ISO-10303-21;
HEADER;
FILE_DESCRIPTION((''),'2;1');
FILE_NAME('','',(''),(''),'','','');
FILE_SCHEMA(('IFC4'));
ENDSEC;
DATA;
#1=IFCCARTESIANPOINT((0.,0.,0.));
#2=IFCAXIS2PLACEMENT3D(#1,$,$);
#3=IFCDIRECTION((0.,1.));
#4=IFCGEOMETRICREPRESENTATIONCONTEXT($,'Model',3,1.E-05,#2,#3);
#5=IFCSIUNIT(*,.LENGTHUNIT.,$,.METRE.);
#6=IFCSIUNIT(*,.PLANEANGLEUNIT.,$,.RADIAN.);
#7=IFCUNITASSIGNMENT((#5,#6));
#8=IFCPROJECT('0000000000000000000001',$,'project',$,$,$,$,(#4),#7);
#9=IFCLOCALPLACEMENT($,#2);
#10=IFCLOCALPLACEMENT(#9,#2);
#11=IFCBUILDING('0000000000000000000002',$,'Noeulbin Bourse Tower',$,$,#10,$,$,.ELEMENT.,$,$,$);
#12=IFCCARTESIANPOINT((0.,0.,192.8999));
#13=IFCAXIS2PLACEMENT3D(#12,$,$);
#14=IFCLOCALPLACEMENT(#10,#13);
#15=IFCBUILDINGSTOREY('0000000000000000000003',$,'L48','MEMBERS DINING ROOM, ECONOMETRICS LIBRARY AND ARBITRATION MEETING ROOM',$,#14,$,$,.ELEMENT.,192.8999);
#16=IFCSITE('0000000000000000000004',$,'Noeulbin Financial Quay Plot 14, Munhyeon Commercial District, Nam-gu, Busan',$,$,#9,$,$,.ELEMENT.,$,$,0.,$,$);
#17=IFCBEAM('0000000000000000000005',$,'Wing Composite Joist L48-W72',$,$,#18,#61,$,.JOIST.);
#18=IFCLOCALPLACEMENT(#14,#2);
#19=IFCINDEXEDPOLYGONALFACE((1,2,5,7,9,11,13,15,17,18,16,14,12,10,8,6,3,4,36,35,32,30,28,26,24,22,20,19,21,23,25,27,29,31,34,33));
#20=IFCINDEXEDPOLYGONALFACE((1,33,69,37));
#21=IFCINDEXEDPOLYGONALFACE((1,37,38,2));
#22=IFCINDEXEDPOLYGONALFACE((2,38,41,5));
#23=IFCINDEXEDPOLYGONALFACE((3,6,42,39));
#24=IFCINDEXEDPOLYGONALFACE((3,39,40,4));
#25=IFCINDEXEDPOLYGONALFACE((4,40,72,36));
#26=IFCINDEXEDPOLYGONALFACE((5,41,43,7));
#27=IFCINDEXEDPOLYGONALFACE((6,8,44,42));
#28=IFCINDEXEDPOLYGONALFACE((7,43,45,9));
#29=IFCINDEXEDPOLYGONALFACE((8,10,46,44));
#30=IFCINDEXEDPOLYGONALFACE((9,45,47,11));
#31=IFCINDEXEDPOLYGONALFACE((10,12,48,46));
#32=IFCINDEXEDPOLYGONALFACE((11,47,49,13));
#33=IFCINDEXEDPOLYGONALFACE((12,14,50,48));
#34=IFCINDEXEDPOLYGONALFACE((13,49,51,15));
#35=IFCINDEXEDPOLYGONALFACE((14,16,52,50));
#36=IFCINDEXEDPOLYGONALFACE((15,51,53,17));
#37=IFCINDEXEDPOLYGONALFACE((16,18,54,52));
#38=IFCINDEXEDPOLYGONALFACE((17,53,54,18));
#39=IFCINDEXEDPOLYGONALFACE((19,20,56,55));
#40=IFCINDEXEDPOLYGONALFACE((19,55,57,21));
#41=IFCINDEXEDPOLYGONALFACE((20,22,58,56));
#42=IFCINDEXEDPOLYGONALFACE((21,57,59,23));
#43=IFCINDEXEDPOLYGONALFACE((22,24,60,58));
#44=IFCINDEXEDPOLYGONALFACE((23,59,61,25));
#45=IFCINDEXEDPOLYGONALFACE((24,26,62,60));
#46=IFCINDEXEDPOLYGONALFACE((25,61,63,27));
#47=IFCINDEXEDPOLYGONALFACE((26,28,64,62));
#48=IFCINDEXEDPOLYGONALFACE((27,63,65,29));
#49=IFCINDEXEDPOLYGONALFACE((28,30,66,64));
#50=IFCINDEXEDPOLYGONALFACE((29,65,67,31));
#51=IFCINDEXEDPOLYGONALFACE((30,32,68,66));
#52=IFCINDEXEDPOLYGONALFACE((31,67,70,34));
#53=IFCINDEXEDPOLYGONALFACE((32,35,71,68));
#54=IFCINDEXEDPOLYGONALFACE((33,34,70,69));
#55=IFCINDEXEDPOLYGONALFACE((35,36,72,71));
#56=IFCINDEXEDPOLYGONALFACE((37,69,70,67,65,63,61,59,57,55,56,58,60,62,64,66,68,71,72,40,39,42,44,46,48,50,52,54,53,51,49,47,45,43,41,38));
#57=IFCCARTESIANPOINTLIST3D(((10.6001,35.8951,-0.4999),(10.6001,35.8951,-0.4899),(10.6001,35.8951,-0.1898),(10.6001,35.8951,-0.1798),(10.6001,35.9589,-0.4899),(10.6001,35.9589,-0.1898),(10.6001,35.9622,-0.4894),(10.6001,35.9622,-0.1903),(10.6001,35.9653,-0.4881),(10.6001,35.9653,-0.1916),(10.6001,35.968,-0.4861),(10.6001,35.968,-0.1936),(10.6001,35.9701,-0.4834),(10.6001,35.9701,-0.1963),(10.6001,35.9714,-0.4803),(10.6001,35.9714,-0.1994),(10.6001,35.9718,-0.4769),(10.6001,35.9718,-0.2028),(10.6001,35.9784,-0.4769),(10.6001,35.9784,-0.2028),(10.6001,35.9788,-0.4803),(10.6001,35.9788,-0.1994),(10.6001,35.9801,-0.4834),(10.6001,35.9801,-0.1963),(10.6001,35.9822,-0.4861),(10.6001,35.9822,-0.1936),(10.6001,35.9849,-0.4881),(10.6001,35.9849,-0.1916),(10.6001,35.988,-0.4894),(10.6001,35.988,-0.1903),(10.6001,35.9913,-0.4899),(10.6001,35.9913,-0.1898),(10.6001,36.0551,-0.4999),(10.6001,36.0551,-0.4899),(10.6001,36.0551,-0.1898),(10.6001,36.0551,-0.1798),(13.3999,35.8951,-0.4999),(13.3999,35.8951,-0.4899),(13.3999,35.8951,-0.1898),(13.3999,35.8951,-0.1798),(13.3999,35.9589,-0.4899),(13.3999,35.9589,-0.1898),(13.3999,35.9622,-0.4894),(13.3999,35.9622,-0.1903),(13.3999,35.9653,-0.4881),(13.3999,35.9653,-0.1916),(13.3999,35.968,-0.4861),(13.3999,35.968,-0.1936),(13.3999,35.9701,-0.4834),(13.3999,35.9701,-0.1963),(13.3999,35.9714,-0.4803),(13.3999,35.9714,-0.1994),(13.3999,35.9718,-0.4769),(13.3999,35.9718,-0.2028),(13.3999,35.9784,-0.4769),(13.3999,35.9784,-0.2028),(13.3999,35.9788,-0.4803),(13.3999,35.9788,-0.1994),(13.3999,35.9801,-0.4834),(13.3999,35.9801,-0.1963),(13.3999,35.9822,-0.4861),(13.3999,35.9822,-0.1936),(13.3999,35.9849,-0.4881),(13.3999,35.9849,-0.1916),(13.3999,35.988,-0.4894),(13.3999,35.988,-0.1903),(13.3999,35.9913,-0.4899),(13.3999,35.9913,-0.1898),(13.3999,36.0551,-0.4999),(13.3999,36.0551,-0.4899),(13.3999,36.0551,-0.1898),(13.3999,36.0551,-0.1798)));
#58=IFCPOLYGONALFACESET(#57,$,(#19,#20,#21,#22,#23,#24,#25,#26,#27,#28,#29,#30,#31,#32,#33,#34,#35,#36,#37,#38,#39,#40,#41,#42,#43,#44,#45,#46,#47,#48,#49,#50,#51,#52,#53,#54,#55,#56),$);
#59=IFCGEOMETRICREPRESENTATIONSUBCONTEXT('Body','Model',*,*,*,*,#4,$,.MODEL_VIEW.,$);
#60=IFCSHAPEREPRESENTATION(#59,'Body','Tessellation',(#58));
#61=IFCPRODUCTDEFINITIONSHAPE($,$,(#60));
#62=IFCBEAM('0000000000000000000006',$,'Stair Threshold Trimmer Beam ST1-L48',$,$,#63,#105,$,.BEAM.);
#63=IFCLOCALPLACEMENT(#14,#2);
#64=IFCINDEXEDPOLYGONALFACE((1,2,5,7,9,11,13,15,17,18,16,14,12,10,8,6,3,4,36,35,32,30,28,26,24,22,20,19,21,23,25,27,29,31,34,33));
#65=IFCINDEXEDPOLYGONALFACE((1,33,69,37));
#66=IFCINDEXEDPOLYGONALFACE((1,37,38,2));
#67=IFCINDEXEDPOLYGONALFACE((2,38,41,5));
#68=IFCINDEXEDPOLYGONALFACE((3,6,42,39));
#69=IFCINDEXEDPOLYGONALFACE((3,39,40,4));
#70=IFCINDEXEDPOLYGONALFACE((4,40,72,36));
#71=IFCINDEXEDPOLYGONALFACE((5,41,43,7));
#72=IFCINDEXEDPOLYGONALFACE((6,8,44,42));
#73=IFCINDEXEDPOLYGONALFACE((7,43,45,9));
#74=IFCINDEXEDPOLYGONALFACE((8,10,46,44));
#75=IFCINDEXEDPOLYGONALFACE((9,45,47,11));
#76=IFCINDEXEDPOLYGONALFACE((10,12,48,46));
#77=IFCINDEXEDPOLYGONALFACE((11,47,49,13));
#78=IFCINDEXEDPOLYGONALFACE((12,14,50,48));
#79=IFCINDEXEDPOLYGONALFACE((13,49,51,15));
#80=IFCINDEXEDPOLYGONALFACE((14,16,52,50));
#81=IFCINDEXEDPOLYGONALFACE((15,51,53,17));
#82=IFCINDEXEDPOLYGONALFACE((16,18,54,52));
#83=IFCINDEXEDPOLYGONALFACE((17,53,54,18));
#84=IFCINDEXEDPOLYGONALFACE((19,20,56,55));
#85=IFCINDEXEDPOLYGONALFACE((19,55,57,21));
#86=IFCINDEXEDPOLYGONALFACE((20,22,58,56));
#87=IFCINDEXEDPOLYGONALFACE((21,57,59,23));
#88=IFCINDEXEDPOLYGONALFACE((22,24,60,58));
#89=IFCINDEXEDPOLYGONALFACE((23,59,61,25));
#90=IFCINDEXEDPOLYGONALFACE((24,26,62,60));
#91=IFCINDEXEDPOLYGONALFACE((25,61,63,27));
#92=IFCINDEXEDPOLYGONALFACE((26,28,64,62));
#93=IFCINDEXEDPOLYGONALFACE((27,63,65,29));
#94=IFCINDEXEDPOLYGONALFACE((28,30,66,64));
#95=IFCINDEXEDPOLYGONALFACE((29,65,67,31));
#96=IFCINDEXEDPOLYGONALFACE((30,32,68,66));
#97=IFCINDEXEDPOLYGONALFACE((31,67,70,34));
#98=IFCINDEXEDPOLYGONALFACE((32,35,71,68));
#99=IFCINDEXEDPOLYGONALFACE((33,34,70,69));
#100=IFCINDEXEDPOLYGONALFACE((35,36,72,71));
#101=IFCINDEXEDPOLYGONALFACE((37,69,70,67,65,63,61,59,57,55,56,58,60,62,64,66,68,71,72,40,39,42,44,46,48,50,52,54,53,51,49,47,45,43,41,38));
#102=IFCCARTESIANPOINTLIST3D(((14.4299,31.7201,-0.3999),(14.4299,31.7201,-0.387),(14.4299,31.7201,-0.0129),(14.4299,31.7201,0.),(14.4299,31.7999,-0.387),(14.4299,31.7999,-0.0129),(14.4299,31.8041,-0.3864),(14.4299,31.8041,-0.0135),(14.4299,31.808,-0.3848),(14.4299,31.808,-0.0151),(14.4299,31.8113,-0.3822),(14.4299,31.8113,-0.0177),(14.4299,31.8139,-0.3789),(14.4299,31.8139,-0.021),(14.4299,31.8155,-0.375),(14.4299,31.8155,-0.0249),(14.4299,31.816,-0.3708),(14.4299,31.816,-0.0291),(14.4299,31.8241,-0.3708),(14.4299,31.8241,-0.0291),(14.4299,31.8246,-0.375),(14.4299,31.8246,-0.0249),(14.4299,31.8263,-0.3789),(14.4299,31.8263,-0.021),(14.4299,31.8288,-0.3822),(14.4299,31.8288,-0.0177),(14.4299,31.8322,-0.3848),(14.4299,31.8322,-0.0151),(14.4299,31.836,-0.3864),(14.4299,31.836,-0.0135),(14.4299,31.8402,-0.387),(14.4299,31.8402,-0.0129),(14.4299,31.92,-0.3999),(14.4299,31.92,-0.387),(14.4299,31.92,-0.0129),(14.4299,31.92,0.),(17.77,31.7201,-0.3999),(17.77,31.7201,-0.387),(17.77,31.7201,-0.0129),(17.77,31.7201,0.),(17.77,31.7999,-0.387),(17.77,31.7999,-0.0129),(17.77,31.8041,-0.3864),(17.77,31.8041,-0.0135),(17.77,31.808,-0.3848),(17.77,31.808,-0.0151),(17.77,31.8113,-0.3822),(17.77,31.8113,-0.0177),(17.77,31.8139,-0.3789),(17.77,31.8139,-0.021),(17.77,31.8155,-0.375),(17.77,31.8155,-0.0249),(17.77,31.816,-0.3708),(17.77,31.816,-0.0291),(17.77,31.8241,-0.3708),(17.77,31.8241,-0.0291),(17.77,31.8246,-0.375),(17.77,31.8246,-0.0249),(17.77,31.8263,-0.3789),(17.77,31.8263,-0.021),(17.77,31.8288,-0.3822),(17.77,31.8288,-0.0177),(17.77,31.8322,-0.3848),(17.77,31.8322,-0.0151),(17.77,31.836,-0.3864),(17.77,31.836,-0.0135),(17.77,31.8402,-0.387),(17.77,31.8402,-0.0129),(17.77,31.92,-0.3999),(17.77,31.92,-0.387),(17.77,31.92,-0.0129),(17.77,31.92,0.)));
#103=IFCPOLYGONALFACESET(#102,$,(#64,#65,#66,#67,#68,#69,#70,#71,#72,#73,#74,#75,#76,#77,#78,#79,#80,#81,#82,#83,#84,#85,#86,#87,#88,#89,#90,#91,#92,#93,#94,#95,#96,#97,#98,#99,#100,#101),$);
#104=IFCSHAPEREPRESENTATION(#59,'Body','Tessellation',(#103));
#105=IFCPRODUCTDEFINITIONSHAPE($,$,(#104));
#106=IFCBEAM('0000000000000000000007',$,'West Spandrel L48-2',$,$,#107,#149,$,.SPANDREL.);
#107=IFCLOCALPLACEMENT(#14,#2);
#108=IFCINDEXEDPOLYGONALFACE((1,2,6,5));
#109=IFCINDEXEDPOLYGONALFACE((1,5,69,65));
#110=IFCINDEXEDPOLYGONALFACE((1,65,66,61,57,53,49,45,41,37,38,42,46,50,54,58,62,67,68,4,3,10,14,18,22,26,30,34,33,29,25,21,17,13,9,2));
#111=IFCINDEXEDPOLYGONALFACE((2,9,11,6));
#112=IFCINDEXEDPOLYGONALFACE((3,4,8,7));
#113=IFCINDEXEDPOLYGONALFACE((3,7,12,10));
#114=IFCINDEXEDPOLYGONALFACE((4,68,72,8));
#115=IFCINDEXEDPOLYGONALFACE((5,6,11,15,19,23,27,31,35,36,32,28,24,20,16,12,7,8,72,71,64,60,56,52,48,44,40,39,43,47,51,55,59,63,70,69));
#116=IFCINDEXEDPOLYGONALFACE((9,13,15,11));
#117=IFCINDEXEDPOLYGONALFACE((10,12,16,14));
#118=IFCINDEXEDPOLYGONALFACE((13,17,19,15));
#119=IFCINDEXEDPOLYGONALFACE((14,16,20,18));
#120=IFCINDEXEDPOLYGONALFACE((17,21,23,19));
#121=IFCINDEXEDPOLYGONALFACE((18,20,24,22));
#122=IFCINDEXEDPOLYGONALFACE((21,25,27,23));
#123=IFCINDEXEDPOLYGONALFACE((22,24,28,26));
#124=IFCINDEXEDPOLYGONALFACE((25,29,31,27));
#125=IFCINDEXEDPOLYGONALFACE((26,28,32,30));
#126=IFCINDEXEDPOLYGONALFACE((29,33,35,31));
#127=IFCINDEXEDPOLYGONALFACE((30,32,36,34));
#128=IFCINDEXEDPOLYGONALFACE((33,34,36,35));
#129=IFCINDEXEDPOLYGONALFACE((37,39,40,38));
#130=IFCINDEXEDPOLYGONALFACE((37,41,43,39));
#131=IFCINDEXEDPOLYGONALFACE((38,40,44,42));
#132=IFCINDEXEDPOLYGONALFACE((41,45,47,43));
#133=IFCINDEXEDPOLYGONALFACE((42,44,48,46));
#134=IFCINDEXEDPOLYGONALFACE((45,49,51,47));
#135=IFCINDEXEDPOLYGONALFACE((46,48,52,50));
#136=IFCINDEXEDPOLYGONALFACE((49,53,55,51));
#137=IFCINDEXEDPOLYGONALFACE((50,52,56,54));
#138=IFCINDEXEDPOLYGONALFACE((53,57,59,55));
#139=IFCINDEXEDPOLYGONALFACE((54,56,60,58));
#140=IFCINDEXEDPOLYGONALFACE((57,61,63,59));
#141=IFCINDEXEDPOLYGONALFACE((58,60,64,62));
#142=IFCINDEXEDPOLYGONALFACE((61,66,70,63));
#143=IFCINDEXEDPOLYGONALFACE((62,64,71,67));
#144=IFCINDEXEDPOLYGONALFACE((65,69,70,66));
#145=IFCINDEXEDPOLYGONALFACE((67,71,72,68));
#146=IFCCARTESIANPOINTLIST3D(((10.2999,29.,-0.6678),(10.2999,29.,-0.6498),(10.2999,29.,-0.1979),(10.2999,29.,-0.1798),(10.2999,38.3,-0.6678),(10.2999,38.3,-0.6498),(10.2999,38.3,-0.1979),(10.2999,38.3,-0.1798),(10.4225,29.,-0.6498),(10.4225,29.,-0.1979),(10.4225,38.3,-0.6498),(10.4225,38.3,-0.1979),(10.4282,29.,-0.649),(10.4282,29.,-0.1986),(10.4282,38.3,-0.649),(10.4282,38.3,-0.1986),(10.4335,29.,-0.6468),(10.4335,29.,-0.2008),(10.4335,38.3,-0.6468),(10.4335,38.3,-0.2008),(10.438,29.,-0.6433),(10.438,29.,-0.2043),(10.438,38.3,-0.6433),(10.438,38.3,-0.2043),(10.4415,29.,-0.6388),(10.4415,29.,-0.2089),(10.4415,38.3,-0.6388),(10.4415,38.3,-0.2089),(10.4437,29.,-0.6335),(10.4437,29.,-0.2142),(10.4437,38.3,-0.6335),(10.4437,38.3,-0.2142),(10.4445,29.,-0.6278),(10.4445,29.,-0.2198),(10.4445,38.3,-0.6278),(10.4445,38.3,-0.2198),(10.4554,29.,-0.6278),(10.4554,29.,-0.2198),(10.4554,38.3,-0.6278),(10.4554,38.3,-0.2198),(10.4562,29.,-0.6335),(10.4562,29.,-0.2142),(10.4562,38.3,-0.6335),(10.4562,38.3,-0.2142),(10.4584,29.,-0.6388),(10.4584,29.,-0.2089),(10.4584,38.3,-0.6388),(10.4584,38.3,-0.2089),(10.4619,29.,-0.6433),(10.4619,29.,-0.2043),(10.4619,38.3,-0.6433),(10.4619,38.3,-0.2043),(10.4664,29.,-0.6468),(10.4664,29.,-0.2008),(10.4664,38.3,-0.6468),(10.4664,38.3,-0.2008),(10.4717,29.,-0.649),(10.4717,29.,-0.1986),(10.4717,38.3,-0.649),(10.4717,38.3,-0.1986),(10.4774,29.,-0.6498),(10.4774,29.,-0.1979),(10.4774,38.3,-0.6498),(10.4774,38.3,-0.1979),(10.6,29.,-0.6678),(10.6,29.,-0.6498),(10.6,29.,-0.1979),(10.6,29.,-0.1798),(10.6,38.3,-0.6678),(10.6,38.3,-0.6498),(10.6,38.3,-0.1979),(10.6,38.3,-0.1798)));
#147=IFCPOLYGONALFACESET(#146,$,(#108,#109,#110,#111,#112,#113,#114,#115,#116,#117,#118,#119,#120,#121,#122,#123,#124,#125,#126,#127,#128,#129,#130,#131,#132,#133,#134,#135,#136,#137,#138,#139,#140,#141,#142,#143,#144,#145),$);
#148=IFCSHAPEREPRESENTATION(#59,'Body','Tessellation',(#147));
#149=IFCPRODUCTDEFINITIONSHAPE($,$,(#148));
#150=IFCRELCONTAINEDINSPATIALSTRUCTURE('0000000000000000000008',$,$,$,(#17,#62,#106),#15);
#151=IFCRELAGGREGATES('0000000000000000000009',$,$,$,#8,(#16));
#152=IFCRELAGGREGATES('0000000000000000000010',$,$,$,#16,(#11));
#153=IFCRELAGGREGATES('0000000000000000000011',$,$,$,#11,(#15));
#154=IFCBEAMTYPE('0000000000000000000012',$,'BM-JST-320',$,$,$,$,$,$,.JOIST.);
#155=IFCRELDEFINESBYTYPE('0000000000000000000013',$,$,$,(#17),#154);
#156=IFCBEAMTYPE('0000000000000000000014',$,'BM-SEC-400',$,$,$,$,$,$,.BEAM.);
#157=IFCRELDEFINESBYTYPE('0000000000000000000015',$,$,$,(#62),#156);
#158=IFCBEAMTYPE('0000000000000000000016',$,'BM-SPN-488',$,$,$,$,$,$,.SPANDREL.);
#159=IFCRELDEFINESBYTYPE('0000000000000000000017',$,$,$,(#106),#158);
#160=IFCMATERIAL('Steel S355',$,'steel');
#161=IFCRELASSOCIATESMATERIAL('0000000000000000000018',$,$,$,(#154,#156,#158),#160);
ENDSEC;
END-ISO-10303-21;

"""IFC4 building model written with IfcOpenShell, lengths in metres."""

from ifc_helpers import new_model, si_unit, direction, frame, origin, origin_2d, place, context, subcontext, project, spatial, i_section, extrude, material, material_profile, profile_set, type_object, element, save


model = new_model("IFC4")

# Units and contexts
model_context = context("Model", 3, precision=1e-05, world=origin(), true_north=direction((0.0, 1.0)))
body_context = subcontext(model_context, "Body", "Model", "MODEL_VIEW")
ifc_project = project(units=[si_unit("LENGTHUNIT", "METRE"), si_unit("PLANEANGLEUNIT", "RADIAN")], contexts=[model_context])

# Site, building, storey
site_placement = place(None, origin())
site = spatial("IfcSite", under=ifc_project, at=site_placement, Name="Noeulbin Financial Quay Plot 14, Munhyeon Commercial District, Nam-gu, Busan", CompositionType="ELEMENT", RefElevation=0.0)
building_placement = place(site_placement, origin())
building = spatial("IfcBuilding", under=site, at=building_placement, Name="Noeulbin Bourse Tower", CompositionType="ELEMENT")
storey_placement = place(building_placement, frame((0.0, 0.0, 192.8999)))
storey = spatial("IfcBuildingStorey", under=building, at=storey_placement, Name="L48", Description="MEMBERS DINING ROOM, ECONOMETRICS LIBRARY AND ARBITRATION MEETING ROOM", CompositionType="ELEMENT", Elevation=192.8999)

# Shared definitions
ifc_material_1 = material(Name="Steel S355", Category="steel")

# Beams
ifc_material_profile_1 = material_profile(ifc_material_1, i_section(OverallWidth=0.1599, OverallDepth=0.3201, WebThickness=0.0066, FlangeThickness=0.01, FilletRadius=0.0129, at=origin_2d()), Name="H-320x160x6.5x10", Category="LoadBearing")
ifc_profile_set_1 = profile_set([ifc_material_profile_1], Name="Steel S355")
beam_type_1 = type_object("IfcBeamType", Name="BM-JST-320", PredefinedType="JOIST", material=ifc_profile_set_1)
for number, where, z_axis, x_axis, name in (
    (1, (10.6001, 35.9751, -0.3398), (1.0, 0.0, 0.0), (0.0, 1.0, 0.0), "Wing Composite Joist L48-W72"),
):
    element("IfcBeam", number, at=place(storey_placement, frame(where, z_axis=z_axis, x_axis=x_axis)), inside=storey, type_object=beam_type_1, Name=name, PredefinedType="JOIST", context=body_context, shape_type="SweptSolid", body=[
        extrude(i_section(OverallWidth=0.1599, OverallDepth=0.3201, WebThickness=0.0066, FlangeThickness=0.01, FilletRadius=0.0129, at=origin_2d()), origin(), (0.0, 0.0, 1.0), 2.7998),
    ])
ifc_material_profile_2 = material_profile(ifc_material_1, i_section(OverallWidth=0.2, OverallDepth=0.3999, WebThickness=0.0081, FlangeThickness=0.0129, FilletRadius=0.0161, at=origin_2d()), Name="H-400x200x8x13", Category="LoadBearing")
ifc_profile_set_2 = profile_set([ifc_material_profile_2], Name="Steel S355")
beam_type_2 = type_object("IfcBeamType", Name="BM-SEC-400", PredefinedType="BEAM", material=ifc_profile_set_2)
beam_1_placement = place(storey_placement, frame((14.4299, 31.8201, -0.2), z_axis=(1.0, 0.0, 0.0), x_axis=(0.0, 1.0, 0.0)))
element("IfcBeam", 2, at=beam_1_placement, inside=storey, type_object=beam_type_2, Name="Stair Threshold Trimmer Beam ST1-L48", PredefinedType="BEAM", context=body_context, shape_type="SweptSolid", body=[
    extrude(i_section(OverallWidth=0.2, OverallDepth=0.3999, WebThickness=0.0081, FlangeThickness=0.0129, FilletRadius=0.0161, at=origin_2d()), origin(), (0.0, 0.0, 1.0), 3.3401),
])
ifc_material_profile_3 = material_profile(ifc_material_1, i_section(OverallWidth=0.3, OverallDepth=0.488, WebThickness=0.011, FlangeThickness=0.0181, FilletRadius=0.022, at=origin_2d()), Name="H-488x300x11x18", Category="LoadBearing")
ifc_profile_set_3 = profile_set([ifc_material_profile_3], Name="Steel S355")
beam_type_3 = type_object("IfcBeamType", Name="BM-SPN-488", PredefinedType="SPANDREL", material=ifc_profile_set_3)
beam_2_placement = place(storey_placement, frame((10.45, 29.0, -0.4238), z_axis=(0.0, 1.0, 0.0), x_axis=(-1.0, 0.0, 0.0)))
element("IfcBeam", 3, at=beam_2_placement, inside=storey, type_object=beam_type_3, Name="West Spandrel L48-2", PredefinedType="SPANDREL", context=body_context, shape_type="SweptSolid", body=[
    extrude(i_section(OverallWidth=0.3, OverallDepth=0.488, WebThickness=0.011, FlangeThickness=0.0181, FilletRadius=0.022, at=origin_2d()), origin(), (0.0, 0.0, 1.0), 9.3),
])

save(model, "model.ifc")
